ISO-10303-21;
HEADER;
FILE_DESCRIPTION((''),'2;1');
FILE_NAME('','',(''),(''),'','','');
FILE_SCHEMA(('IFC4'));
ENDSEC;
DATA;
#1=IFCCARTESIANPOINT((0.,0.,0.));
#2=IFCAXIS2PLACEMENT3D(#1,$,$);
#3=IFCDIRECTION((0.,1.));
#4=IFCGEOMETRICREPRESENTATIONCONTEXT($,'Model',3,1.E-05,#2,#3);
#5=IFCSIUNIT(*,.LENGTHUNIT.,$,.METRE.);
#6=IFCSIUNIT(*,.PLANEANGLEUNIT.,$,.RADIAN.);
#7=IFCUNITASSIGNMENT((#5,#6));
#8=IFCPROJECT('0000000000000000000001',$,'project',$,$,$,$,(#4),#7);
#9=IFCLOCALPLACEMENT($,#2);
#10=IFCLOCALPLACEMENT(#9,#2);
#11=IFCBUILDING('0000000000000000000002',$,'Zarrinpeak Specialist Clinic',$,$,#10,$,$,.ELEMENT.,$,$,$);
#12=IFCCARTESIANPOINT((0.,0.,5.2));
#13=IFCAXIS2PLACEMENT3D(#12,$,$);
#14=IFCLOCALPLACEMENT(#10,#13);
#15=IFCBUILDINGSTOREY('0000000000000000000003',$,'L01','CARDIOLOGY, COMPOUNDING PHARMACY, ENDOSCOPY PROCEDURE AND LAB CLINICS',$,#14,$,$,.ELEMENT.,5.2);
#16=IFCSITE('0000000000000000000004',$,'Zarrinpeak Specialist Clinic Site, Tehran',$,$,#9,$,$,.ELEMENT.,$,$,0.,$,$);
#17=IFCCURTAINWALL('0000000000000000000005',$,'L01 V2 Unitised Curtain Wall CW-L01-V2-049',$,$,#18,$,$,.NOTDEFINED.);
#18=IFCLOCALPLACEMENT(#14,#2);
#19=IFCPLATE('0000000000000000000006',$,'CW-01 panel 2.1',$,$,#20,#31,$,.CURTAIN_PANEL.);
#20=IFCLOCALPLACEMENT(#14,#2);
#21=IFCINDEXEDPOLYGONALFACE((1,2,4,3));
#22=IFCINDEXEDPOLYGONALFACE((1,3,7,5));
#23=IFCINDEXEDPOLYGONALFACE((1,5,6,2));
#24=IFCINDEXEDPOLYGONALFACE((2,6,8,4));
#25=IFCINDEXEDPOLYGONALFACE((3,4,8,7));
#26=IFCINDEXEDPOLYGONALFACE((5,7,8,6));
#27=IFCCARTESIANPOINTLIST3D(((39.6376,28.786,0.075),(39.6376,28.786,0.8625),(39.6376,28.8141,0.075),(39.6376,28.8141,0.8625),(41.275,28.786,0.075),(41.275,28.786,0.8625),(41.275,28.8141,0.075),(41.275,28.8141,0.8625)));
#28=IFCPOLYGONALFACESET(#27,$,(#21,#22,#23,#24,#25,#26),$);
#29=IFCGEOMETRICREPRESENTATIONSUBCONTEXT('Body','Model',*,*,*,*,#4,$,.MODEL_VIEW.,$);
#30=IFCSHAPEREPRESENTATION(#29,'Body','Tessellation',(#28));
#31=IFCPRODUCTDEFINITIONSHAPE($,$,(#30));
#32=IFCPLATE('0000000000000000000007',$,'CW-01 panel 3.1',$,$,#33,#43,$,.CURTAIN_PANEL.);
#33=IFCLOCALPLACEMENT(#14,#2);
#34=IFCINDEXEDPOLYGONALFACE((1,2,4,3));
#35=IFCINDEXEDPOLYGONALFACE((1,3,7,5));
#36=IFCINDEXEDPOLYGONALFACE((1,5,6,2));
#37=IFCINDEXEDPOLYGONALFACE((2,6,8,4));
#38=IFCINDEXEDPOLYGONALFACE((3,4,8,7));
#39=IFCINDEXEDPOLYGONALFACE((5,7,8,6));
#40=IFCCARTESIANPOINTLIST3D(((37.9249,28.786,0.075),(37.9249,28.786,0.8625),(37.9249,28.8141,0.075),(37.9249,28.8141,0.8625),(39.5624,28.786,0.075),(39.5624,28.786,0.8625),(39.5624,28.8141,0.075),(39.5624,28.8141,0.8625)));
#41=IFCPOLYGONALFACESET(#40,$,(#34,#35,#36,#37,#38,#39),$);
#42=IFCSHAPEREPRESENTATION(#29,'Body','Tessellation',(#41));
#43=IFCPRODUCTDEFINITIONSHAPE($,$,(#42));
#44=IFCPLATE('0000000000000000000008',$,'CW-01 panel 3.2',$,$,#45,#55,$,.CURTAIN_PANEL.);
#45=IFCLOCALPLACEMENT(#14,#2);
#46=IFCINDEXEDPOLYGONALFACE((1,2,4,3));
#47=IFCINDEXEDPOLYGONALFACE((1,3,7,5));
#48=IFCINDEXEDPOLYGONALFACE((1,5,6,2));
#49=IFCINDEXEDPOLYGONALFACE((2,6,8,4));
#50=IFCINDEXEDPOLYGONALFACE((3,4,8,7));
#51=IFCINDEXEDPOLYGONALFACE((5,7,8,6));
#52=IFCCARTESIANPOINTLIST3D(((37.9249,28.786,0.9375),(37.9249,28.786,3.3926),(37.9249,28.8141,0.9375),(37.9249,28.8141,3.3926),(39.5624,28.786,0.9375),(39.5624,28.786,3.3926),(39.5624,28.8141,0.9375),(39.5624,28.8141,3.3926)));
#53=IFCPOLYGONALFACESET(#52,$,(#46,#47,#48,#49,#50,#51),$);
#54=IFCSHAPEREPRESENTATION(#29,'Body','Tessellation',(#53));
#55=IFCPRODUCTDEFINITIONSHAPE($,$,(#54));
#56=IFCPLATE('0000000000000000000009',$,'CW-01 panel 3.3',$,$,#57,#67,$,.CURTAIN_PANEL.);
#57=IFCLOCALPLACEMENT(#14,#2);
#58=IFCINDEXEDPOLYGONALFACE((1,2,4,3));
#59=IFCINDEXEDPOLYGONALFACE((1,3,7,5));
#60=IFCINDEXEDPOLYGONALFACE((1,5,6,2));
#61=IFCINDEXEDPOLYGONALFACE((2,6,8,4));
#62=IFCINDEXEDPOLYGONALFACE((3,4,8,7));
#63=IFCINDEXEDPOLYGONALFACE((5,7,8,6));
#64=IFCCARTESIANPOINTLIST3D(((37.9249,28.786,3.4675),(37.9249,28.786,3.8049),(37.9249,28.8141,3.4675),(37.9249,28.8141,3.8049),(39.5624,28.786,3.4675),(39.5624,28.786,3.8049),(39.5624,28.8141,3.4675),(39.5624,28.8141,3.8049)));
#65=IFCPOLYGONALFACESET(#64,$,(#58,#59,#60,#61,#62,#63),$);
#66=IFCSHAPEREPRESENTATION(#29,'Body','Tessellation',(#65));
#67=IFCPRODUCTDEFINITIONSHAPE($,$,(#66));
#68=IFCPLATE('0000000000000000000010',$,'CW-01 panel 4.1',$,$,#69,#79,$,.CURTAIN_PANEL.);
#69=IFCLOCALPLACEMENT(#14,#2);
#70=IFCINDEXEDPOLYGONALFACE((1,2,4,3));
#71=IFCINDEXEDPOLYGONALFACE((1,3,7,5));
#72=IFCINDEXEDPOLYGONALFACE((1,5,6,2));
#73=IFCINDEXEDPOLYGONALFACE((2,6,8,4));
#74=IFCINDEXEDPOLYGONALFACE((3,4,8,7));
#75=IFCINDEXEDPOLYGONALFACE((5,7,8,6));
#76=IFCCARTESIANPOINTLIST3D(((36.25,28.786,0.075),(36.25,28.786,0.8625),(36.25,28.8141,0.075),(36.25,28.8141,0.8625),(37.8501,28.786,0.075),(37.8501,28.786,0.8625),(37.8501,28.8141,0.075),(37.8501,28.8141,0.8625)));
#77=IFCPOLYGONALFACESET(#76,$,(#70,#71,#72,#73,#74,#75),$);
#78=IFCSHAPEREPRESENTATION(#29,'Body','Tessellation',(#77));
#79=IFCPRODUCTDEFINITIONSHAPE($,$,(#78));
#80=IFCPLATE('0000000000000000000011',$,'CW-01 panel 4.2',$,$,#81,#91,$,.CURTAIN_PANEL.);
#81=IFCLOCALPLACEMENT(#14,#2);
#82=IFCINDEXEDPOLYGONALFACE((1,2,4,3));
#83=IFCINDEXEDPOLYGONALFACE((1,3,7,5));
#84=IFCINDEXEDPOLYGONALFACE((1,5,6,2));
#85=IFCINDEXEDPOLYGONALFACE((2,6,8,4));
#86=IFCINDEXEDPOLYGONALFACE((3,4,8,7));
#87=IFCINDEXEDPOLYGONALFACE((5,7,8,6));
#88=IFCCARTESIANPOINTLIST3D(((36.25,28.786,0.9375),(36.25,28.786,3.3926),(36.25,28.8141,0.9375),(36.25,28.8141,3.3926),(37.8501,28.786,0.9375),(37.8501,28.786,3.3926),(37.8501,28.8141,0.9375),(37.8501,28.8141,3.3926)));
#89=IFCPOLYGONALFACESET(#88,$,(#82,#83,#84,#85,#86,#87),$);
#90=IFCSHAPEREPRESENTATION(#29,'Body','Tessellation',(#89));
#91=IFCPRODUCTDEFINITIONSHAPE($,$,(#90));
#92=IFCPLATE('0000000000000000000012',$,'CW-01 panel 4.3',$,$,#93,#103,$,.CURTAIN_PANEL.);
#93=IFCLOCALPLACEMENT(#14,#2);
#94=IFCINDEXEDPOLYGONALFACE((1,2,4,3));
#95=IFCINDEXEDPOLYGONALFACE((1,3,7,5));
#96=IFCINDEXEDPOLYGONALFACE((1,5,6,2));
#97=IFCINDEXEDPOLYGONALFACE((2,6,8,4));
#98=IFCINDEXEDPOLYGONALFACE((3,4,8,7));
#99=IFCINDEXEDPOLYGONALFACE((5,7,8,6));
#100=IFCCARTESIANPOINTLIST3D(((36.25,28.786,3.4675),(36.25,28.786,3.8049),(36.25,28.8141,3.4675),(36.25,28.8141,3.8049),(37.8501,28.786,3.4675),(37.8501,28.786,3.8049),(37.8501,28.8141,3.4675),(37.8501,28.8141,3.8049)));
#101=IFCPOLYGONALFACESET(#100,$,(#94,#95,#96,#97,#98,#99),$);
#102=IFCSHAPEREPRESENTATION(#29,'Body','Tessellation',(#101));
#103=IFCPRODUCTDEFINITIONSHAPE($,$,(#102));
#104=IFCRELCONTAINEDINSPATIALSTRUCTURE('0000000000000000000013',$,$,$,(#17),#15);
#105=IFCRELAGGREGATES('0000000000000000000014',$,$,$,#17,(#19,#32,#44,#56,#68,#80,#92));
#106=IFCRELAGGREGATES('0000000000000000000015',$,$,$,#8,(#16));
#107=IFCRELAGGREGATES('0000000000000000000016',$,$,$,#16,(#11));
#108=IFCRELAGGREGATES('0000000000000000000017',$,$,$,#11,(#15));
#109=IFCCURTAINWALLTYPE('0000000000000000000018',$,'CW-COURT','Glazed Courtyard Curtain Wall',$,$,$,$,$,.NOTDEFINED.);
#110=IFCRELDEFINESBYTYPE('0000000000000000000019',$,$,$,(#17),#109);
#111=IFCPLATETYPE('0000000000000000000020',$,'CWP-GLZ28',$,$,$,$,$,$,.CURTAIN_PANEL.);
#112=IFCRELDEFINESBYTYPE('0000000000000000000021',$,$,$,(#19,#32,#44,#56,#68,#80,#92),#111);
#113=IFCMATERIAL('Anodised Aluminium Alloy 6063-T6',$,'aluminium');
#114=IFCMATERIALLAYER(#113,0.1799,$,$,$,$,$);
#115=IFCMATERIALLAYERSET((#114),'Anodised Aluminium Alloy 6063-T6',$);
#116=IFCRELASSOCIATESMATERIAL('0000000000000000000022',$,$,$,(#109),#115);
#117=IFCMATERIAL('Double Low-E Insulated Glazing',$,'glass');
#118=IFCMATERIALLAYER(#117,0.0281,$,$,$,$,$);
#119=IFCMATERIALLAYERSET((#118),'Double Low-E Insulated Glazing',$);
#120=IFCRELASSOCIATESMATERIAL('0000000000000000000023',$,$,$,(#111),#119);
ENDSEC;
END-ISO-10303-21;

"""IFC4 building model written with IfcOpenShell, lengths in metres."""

from ifc_helpers import new_model, si_unit, direction, frame, origin, origin_2d, place, context, subcontext, project, spatial, rectangle, extrude, material, layer, layer_set, type_object, element, aggregate, save


model = new_model("IFC4")

# Units and contexts
model_context = context("Model", 3, precision=1e-05, world=origin(), true_north=direction((0.0, 1.0)))
body_context = subcontext(model_context, "Body", "Model", "MODEL_VIEW")
ifc_project = project(units=[si_unit("LENGTHUNIT", "METRE"), si_unit("PLANEANGLEUNIT", "RADIAN")], contexts=[model_context])

# Site, building, storey
site_placement = place(None, origin())
site = spatial("IfcSite", under=ifc_project, at=site_placement, Name="Zarrinpeak Specialist Clinic Site, Tehran", CompositionType="ELEMENT", RefElevation=0.0)
building_placement = place(site_placement, origin())
building = spatial("IfcBuilding", under=site, at=building_placement, Name="Zarrinpeak Specialist Clinic", CompositionType="ELEMENT")
storey_placement = place(building_placement, frame((0.0, 0.0, 5.2)))
storey = spatial("IfcBuildingStorey", under=building, at=storey_placement, Name="L01", Description="CARDIOLOGY, COMPOUNDING PHARMACY, ENDOSCOPY PROCEDURE AND LAB CLINICS", CompositionType="ELEMENT", Elevation=5.2)

# Curtain wall, plates
ifc_material_1 = material(Name="Anodised Aluminium Alloy 6063-T6", Category="aluminium")
ifc_layer_1 = layer(ifc_material_1, 0.1799)
ifc_layer_set_1 = layer_set([ifc_layer_1], Name="Anodised Aluminium Alloy 6063-T6")
curtain_wall_type = type_object("IfcCurtainWallType", Name="CW-COURT", Description="Glazed Courtyard Curtain Wall", PredefinedType="NOTDEFINED", material=ifc_layer_set_1)
curtain_wall_placement = place(storey_placement, origin())
curtain_wall = element("IfcCurtainWall", 1, at=curtain_wall_placement, inside=storey, type_object=curtain_wall_type, Name="L01 V2 Unitised Curtain Wall CW-L01-V2-049", PredefinedType="NOTDEFINED")
ifc_material_2 = material(Name="Double Low-E Insulated Glazing", Category="glass")
ifc_layer_2 = layer(ifc_material_2, 0.0281)
ifc_layer_set_2 = layer_set([ifc_layer_2], Name="Double Low-E Insulated Glazing")
plate_type = type_object("IfcPlateType", Name="CWP-GLZ28", PredefinedType="CURTAIN_PANEL", material=ifc_layer_set_2)
plate_1_placement = place(storey_placement, frame((40.4563, 28.8, 0.075), z_axis=(0.0, 0.0, 1.0), x_axis=(-1.0, 0.0, 0.0)))
plate_1 = element("IfcPlate", 2, at=plate_1_placement, type_object=plate_type, Name="CW-01 panel 2.1", PredefinedType="CURTAIN_PANEL", context=body_context, shape_type="SweptSolid", body=[
    extrude(rectangle(XDim=1.6375, YDim=0.0281, at=origin_2d()), origin(), (0.0, 0.0, 1.0), 0.7876),
])
plate_2_placement = place(storey_placement, frame((38.7437, 28.8, 0.075), z_axis=(0.0, 0.0, 1.0), x_axis=(-1.0, 0.0, 0.0)))
plate_2 = element("IfcPlate", 3, at=plate_2_placement, type_object=plate_type, Name="CW-01 panel 3.1", PredefinedType="CURTAIN_PANEL", context=body_context, shape_type="SweptSolid", body=[
    extrude(rectangle(XDim=1.6375, YDim=0.0281, at=origin_2d()), origin(), (0.0, 0.0, 1.0), 0.7876),
])
plate_3_placement = place(storey_placement, frame((38.7437, 28.8, 0.9375), z_axis=(0.0, 0.0, 1.0), x_axis=(-1.0, 0.0, 0.0)))
plate_3 = element("IfcPlate", 4, at=plate_3_placement, type_object=plate_type, Name="CW-01 panel 3.2", PredefinedType="CURTAIN_PANEL", context=body_context, shape_type="SweptSolid", body=[
    extrude(rectangle(XDim=1.6375, YDim=0.0281, at=origin_2d()), origin(), (0.0, 0.0, 1.0), 2.4551),
])
plate_4_placement = place(storey_placement, frame((38.7437, 28.8, 3.4675), z_axis=(0.0, 0.0, 1.0), x_axis=(-1.0, 0.0, 0.0)))
plate_4 = element("IfcPlate", 5, at=plate_4_placement, type_object=plate_type, Name="CW-01 panel 3.3", PredefinedType="CURTAIN_PANEL", context=body_context, shape_type="SweptSolid", body=[
    extrude(rectangle(XDim=1.6375, YDim=0.0281, at=origin_2d()), origin(), (0.0, 0.0, 1.0), 0.3374),
])
plate_5_placement = place(storey_placement, frame((37.05, 28.8, 0.075), z_axis=(0.0, 0.0, 1.0), x_axis=(-1.0, 0.0, 0.0)))
plate_5 = element("IfcPlate", 6, at=plate_5_placement, type_object=plate_type, Name="CW-01 panel 4.1", PredefinedType="CURTAIN_PANEL", context=body_context, shape_type="SweptSolid", body=[
    extrude(rectangle(XDim=1.6001, YDim=0.0281, at=origin_2d()), origin(), (0.0, 0.0, 1.0), 0.7876),
])
plate_6_placement = place(storey_placement, frame((37.05, 28.8, 0.9375), z_axis=(0.0, 0.0, 1.0), x_axis=(-1.0, 0.0, 0.0)))
plate_6 = element("IfcPlate", 7, at=plate_6_placement, type_object=plate_type, Name="CW-01 panel 4.2", PredefinedType="CURTAIN_PANEL", context=body_context, shape_type="SweptSolid", body=[
    extrude(rectangle(XDim=1.6001, YDim=0.0281, at=origin_2d()), origin(), (0.0, 0.0, 1.0), 2.4551),
])
plate_7_placement = place(storey_placement, frame((37.05, 28.8, 3.4675), z_axis=(0.0, 0.0, 1.0), x_axis=(-1.0, 0.0, 0.0)))
plate_7 = element("IfcPlate", 8, at=plate_7_placement, type_object=plate_type, Name="CW-01 panel 4.3", PredefinedType="CURTAIN_PANEL", context=body_context, shape_type="SweptSolid", body=[
    extrude(rectangle(XDim=1.6001, YDim=0.0281, at=origin_2d()), origin(), (0.0, 0.0, 1.0), 0.3374),
])
aggregate(curtain_wall, [plate_1, plate_2, plate_3, plate_4, plate_5, plate_6, plate_7])

save(model, "model.ifc")
